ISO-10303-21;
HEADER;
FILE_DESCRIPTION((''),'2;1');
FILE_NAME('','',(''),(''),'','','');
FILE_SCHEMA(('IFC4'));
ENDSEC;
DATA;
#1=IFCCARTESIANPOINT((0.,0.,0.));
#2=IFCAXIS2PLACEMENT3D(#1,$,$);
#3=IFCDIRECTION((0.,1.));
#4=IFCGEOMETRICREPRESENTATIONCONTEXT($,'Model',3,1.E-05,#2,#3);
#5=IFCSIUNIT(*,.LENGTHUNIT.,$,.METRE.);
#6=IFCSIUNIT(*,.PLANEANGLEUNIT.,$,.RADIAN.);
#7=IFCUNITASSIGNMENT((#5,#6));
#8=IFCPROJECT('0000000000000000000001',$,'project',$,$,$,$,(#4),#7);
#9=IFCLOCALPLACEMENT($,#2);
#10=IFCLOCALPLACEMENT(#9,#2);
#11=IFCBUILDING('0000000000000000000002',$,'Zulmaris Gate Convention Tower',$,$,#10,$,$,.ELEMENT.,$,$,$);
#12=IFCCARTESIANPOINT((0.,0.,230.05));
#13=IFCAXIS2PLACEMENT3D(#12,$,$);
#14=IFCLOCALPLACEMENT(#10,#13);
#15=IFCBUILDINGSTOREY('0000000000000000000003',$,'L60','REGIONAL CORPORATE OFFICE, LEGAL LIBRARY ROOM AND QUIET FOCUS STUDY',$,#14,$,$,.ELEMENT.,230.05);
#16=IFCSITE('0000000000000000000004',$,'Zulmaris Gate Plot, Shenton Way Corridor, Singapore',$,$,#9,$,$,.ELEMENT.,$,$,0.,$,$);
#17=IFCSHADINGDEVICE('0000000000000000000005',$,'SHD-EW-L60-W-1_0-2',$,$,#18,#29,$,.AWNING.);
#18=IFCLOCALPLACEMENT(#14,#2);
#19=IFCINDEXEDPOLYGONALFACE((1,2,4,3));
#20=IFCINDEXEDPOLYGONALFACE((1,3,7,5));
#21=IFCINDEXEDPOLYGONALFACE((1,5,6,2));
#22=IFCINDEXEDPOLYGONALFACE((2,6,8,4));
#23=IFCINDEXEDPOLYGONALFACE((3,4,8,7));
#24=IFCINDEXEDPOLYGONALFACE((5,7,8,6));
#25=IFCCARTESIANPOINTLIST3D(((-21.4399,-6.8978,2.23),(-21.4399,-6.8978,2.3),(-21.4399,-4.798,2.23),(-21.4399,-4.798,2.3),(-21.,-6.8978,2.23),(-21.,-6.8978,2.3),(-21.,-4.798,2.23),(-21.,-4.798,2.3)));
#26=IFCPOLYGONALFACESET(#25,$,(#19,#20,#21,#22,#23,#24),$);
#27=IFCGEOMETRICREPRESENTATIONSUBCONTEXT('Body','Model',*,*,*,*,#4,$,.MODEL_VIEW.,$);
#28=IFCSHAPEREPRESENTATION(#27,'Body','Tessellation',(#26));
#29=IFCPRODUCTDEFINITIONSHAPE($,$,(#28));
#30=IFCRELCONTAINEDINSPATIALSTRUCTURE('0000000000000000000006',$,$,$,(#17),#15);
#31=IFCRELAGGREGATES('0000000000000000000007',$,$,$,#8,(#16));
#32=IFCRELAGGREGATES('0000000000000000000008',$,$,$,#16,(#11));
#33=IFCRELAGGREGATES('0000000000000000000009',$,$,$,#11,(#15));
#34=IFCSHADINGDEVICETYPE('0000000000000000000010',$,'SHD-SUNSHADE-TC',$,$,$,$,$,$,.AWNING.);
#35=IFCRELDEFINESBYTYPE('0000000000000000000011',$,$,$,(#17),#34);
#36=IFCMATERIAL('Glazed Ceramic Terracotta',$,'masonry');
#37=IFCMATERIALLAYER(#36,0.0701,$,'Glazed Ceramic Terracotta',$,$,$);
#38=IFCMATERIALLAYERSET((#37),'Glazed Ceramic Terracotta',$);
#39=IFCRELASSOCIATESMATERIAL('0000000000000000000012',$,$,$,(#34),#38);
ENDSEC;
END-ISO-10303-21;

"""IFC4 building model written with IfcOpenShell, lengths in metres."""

from ifc_helpers import new_model, si_unit, direction, frame, frame_2d, origin, place, context, subcontext, project, spatial, rectangle, extrude, material, layer, layer_set, type_object, element, save


model = new_model("IFC4")

# Units and contexts
model_context = context("Model", 3, precision=1e-05, world=origin(), true_north=direction((0.0, 1.0)))
body_context = subcontext(model_context, "Body", "Model", "MODEL_VIEW")
ifc_project = project(units=[si_unit("LENGTHUNIT", "METRE"), si_unit("PLANEANGLEUNIT", "RADIAN")], contexts=[model_context])

# Site, building, storey
site_placement = place(None, origin())
site = spatial("IfcSite", under=ifc_project, at=site_placement, Name="Zulmaris Gate Plot, Shenton Way Corridor, Singapore", CompositionType="ELEMENT", RefElevation=0.0)
building_placement = place(site_placement, origin())
building = spatial("IfcBuilding", under=site, at=building_placement, Name="Zulmaris Gate Convention Tower", CompositionType="ELEMENT")
storey_placement = place(building_placement, frame((0.0, 0.0, 230.05)))
storey = spatial("IfcBuildingStorey", under=building, at=storey_placement, Name="L60", Description="REGIONAL CORPORATE OFFICE, LEGAL LIBRARY ROOM AND QUIET FOCUS STUDY", CompositionType="ELEMENT", Elevation=230.05)

# Shading device
ifc_material_1 = material(Name="Glazed Ceramic Terracotta", Category="masonry")
ifc_layer_1 = layer(ifc_material_1, 0.0701, Name="Glazed Ceramic Terracotta")
ifc_layer_set_1 = layer_set([ifc_layer_1], Name="Glazed Ceramic Terracotta")
shading_device_type = type_object("IfcShadingDeviceType", Name="SHD-SUNSHADE-TC", PredefinedType="AWNING", material=ifc_layer_set_1)
for number, where, z_axis, x_axis, name in (
    (1, (-21.22, -4.7981, 2.23), (0.0, 0.0, 1.0), (0.0, -1.0, 0.0), "SHD-EW-L60-W-1_0-2"),
):
    element("IfcShadingDevice", number, at=place(storey_placement, frame(where, z_axis=z_axis, x_axis=x_axis)), inside=storey, type_object=shading_device_type, Name=name, PredefinedType="AWNING", context=body_context, shape_type="SweptSolid", body=[
        extrude(rectangle(XDim=2.0999, YDim=0.4399, at=frame_2d((1.0498, 0.0))), origin(), (0.0, 0.0, 1.0), 0.0701),
    ])

save(model, "model.ifc")
